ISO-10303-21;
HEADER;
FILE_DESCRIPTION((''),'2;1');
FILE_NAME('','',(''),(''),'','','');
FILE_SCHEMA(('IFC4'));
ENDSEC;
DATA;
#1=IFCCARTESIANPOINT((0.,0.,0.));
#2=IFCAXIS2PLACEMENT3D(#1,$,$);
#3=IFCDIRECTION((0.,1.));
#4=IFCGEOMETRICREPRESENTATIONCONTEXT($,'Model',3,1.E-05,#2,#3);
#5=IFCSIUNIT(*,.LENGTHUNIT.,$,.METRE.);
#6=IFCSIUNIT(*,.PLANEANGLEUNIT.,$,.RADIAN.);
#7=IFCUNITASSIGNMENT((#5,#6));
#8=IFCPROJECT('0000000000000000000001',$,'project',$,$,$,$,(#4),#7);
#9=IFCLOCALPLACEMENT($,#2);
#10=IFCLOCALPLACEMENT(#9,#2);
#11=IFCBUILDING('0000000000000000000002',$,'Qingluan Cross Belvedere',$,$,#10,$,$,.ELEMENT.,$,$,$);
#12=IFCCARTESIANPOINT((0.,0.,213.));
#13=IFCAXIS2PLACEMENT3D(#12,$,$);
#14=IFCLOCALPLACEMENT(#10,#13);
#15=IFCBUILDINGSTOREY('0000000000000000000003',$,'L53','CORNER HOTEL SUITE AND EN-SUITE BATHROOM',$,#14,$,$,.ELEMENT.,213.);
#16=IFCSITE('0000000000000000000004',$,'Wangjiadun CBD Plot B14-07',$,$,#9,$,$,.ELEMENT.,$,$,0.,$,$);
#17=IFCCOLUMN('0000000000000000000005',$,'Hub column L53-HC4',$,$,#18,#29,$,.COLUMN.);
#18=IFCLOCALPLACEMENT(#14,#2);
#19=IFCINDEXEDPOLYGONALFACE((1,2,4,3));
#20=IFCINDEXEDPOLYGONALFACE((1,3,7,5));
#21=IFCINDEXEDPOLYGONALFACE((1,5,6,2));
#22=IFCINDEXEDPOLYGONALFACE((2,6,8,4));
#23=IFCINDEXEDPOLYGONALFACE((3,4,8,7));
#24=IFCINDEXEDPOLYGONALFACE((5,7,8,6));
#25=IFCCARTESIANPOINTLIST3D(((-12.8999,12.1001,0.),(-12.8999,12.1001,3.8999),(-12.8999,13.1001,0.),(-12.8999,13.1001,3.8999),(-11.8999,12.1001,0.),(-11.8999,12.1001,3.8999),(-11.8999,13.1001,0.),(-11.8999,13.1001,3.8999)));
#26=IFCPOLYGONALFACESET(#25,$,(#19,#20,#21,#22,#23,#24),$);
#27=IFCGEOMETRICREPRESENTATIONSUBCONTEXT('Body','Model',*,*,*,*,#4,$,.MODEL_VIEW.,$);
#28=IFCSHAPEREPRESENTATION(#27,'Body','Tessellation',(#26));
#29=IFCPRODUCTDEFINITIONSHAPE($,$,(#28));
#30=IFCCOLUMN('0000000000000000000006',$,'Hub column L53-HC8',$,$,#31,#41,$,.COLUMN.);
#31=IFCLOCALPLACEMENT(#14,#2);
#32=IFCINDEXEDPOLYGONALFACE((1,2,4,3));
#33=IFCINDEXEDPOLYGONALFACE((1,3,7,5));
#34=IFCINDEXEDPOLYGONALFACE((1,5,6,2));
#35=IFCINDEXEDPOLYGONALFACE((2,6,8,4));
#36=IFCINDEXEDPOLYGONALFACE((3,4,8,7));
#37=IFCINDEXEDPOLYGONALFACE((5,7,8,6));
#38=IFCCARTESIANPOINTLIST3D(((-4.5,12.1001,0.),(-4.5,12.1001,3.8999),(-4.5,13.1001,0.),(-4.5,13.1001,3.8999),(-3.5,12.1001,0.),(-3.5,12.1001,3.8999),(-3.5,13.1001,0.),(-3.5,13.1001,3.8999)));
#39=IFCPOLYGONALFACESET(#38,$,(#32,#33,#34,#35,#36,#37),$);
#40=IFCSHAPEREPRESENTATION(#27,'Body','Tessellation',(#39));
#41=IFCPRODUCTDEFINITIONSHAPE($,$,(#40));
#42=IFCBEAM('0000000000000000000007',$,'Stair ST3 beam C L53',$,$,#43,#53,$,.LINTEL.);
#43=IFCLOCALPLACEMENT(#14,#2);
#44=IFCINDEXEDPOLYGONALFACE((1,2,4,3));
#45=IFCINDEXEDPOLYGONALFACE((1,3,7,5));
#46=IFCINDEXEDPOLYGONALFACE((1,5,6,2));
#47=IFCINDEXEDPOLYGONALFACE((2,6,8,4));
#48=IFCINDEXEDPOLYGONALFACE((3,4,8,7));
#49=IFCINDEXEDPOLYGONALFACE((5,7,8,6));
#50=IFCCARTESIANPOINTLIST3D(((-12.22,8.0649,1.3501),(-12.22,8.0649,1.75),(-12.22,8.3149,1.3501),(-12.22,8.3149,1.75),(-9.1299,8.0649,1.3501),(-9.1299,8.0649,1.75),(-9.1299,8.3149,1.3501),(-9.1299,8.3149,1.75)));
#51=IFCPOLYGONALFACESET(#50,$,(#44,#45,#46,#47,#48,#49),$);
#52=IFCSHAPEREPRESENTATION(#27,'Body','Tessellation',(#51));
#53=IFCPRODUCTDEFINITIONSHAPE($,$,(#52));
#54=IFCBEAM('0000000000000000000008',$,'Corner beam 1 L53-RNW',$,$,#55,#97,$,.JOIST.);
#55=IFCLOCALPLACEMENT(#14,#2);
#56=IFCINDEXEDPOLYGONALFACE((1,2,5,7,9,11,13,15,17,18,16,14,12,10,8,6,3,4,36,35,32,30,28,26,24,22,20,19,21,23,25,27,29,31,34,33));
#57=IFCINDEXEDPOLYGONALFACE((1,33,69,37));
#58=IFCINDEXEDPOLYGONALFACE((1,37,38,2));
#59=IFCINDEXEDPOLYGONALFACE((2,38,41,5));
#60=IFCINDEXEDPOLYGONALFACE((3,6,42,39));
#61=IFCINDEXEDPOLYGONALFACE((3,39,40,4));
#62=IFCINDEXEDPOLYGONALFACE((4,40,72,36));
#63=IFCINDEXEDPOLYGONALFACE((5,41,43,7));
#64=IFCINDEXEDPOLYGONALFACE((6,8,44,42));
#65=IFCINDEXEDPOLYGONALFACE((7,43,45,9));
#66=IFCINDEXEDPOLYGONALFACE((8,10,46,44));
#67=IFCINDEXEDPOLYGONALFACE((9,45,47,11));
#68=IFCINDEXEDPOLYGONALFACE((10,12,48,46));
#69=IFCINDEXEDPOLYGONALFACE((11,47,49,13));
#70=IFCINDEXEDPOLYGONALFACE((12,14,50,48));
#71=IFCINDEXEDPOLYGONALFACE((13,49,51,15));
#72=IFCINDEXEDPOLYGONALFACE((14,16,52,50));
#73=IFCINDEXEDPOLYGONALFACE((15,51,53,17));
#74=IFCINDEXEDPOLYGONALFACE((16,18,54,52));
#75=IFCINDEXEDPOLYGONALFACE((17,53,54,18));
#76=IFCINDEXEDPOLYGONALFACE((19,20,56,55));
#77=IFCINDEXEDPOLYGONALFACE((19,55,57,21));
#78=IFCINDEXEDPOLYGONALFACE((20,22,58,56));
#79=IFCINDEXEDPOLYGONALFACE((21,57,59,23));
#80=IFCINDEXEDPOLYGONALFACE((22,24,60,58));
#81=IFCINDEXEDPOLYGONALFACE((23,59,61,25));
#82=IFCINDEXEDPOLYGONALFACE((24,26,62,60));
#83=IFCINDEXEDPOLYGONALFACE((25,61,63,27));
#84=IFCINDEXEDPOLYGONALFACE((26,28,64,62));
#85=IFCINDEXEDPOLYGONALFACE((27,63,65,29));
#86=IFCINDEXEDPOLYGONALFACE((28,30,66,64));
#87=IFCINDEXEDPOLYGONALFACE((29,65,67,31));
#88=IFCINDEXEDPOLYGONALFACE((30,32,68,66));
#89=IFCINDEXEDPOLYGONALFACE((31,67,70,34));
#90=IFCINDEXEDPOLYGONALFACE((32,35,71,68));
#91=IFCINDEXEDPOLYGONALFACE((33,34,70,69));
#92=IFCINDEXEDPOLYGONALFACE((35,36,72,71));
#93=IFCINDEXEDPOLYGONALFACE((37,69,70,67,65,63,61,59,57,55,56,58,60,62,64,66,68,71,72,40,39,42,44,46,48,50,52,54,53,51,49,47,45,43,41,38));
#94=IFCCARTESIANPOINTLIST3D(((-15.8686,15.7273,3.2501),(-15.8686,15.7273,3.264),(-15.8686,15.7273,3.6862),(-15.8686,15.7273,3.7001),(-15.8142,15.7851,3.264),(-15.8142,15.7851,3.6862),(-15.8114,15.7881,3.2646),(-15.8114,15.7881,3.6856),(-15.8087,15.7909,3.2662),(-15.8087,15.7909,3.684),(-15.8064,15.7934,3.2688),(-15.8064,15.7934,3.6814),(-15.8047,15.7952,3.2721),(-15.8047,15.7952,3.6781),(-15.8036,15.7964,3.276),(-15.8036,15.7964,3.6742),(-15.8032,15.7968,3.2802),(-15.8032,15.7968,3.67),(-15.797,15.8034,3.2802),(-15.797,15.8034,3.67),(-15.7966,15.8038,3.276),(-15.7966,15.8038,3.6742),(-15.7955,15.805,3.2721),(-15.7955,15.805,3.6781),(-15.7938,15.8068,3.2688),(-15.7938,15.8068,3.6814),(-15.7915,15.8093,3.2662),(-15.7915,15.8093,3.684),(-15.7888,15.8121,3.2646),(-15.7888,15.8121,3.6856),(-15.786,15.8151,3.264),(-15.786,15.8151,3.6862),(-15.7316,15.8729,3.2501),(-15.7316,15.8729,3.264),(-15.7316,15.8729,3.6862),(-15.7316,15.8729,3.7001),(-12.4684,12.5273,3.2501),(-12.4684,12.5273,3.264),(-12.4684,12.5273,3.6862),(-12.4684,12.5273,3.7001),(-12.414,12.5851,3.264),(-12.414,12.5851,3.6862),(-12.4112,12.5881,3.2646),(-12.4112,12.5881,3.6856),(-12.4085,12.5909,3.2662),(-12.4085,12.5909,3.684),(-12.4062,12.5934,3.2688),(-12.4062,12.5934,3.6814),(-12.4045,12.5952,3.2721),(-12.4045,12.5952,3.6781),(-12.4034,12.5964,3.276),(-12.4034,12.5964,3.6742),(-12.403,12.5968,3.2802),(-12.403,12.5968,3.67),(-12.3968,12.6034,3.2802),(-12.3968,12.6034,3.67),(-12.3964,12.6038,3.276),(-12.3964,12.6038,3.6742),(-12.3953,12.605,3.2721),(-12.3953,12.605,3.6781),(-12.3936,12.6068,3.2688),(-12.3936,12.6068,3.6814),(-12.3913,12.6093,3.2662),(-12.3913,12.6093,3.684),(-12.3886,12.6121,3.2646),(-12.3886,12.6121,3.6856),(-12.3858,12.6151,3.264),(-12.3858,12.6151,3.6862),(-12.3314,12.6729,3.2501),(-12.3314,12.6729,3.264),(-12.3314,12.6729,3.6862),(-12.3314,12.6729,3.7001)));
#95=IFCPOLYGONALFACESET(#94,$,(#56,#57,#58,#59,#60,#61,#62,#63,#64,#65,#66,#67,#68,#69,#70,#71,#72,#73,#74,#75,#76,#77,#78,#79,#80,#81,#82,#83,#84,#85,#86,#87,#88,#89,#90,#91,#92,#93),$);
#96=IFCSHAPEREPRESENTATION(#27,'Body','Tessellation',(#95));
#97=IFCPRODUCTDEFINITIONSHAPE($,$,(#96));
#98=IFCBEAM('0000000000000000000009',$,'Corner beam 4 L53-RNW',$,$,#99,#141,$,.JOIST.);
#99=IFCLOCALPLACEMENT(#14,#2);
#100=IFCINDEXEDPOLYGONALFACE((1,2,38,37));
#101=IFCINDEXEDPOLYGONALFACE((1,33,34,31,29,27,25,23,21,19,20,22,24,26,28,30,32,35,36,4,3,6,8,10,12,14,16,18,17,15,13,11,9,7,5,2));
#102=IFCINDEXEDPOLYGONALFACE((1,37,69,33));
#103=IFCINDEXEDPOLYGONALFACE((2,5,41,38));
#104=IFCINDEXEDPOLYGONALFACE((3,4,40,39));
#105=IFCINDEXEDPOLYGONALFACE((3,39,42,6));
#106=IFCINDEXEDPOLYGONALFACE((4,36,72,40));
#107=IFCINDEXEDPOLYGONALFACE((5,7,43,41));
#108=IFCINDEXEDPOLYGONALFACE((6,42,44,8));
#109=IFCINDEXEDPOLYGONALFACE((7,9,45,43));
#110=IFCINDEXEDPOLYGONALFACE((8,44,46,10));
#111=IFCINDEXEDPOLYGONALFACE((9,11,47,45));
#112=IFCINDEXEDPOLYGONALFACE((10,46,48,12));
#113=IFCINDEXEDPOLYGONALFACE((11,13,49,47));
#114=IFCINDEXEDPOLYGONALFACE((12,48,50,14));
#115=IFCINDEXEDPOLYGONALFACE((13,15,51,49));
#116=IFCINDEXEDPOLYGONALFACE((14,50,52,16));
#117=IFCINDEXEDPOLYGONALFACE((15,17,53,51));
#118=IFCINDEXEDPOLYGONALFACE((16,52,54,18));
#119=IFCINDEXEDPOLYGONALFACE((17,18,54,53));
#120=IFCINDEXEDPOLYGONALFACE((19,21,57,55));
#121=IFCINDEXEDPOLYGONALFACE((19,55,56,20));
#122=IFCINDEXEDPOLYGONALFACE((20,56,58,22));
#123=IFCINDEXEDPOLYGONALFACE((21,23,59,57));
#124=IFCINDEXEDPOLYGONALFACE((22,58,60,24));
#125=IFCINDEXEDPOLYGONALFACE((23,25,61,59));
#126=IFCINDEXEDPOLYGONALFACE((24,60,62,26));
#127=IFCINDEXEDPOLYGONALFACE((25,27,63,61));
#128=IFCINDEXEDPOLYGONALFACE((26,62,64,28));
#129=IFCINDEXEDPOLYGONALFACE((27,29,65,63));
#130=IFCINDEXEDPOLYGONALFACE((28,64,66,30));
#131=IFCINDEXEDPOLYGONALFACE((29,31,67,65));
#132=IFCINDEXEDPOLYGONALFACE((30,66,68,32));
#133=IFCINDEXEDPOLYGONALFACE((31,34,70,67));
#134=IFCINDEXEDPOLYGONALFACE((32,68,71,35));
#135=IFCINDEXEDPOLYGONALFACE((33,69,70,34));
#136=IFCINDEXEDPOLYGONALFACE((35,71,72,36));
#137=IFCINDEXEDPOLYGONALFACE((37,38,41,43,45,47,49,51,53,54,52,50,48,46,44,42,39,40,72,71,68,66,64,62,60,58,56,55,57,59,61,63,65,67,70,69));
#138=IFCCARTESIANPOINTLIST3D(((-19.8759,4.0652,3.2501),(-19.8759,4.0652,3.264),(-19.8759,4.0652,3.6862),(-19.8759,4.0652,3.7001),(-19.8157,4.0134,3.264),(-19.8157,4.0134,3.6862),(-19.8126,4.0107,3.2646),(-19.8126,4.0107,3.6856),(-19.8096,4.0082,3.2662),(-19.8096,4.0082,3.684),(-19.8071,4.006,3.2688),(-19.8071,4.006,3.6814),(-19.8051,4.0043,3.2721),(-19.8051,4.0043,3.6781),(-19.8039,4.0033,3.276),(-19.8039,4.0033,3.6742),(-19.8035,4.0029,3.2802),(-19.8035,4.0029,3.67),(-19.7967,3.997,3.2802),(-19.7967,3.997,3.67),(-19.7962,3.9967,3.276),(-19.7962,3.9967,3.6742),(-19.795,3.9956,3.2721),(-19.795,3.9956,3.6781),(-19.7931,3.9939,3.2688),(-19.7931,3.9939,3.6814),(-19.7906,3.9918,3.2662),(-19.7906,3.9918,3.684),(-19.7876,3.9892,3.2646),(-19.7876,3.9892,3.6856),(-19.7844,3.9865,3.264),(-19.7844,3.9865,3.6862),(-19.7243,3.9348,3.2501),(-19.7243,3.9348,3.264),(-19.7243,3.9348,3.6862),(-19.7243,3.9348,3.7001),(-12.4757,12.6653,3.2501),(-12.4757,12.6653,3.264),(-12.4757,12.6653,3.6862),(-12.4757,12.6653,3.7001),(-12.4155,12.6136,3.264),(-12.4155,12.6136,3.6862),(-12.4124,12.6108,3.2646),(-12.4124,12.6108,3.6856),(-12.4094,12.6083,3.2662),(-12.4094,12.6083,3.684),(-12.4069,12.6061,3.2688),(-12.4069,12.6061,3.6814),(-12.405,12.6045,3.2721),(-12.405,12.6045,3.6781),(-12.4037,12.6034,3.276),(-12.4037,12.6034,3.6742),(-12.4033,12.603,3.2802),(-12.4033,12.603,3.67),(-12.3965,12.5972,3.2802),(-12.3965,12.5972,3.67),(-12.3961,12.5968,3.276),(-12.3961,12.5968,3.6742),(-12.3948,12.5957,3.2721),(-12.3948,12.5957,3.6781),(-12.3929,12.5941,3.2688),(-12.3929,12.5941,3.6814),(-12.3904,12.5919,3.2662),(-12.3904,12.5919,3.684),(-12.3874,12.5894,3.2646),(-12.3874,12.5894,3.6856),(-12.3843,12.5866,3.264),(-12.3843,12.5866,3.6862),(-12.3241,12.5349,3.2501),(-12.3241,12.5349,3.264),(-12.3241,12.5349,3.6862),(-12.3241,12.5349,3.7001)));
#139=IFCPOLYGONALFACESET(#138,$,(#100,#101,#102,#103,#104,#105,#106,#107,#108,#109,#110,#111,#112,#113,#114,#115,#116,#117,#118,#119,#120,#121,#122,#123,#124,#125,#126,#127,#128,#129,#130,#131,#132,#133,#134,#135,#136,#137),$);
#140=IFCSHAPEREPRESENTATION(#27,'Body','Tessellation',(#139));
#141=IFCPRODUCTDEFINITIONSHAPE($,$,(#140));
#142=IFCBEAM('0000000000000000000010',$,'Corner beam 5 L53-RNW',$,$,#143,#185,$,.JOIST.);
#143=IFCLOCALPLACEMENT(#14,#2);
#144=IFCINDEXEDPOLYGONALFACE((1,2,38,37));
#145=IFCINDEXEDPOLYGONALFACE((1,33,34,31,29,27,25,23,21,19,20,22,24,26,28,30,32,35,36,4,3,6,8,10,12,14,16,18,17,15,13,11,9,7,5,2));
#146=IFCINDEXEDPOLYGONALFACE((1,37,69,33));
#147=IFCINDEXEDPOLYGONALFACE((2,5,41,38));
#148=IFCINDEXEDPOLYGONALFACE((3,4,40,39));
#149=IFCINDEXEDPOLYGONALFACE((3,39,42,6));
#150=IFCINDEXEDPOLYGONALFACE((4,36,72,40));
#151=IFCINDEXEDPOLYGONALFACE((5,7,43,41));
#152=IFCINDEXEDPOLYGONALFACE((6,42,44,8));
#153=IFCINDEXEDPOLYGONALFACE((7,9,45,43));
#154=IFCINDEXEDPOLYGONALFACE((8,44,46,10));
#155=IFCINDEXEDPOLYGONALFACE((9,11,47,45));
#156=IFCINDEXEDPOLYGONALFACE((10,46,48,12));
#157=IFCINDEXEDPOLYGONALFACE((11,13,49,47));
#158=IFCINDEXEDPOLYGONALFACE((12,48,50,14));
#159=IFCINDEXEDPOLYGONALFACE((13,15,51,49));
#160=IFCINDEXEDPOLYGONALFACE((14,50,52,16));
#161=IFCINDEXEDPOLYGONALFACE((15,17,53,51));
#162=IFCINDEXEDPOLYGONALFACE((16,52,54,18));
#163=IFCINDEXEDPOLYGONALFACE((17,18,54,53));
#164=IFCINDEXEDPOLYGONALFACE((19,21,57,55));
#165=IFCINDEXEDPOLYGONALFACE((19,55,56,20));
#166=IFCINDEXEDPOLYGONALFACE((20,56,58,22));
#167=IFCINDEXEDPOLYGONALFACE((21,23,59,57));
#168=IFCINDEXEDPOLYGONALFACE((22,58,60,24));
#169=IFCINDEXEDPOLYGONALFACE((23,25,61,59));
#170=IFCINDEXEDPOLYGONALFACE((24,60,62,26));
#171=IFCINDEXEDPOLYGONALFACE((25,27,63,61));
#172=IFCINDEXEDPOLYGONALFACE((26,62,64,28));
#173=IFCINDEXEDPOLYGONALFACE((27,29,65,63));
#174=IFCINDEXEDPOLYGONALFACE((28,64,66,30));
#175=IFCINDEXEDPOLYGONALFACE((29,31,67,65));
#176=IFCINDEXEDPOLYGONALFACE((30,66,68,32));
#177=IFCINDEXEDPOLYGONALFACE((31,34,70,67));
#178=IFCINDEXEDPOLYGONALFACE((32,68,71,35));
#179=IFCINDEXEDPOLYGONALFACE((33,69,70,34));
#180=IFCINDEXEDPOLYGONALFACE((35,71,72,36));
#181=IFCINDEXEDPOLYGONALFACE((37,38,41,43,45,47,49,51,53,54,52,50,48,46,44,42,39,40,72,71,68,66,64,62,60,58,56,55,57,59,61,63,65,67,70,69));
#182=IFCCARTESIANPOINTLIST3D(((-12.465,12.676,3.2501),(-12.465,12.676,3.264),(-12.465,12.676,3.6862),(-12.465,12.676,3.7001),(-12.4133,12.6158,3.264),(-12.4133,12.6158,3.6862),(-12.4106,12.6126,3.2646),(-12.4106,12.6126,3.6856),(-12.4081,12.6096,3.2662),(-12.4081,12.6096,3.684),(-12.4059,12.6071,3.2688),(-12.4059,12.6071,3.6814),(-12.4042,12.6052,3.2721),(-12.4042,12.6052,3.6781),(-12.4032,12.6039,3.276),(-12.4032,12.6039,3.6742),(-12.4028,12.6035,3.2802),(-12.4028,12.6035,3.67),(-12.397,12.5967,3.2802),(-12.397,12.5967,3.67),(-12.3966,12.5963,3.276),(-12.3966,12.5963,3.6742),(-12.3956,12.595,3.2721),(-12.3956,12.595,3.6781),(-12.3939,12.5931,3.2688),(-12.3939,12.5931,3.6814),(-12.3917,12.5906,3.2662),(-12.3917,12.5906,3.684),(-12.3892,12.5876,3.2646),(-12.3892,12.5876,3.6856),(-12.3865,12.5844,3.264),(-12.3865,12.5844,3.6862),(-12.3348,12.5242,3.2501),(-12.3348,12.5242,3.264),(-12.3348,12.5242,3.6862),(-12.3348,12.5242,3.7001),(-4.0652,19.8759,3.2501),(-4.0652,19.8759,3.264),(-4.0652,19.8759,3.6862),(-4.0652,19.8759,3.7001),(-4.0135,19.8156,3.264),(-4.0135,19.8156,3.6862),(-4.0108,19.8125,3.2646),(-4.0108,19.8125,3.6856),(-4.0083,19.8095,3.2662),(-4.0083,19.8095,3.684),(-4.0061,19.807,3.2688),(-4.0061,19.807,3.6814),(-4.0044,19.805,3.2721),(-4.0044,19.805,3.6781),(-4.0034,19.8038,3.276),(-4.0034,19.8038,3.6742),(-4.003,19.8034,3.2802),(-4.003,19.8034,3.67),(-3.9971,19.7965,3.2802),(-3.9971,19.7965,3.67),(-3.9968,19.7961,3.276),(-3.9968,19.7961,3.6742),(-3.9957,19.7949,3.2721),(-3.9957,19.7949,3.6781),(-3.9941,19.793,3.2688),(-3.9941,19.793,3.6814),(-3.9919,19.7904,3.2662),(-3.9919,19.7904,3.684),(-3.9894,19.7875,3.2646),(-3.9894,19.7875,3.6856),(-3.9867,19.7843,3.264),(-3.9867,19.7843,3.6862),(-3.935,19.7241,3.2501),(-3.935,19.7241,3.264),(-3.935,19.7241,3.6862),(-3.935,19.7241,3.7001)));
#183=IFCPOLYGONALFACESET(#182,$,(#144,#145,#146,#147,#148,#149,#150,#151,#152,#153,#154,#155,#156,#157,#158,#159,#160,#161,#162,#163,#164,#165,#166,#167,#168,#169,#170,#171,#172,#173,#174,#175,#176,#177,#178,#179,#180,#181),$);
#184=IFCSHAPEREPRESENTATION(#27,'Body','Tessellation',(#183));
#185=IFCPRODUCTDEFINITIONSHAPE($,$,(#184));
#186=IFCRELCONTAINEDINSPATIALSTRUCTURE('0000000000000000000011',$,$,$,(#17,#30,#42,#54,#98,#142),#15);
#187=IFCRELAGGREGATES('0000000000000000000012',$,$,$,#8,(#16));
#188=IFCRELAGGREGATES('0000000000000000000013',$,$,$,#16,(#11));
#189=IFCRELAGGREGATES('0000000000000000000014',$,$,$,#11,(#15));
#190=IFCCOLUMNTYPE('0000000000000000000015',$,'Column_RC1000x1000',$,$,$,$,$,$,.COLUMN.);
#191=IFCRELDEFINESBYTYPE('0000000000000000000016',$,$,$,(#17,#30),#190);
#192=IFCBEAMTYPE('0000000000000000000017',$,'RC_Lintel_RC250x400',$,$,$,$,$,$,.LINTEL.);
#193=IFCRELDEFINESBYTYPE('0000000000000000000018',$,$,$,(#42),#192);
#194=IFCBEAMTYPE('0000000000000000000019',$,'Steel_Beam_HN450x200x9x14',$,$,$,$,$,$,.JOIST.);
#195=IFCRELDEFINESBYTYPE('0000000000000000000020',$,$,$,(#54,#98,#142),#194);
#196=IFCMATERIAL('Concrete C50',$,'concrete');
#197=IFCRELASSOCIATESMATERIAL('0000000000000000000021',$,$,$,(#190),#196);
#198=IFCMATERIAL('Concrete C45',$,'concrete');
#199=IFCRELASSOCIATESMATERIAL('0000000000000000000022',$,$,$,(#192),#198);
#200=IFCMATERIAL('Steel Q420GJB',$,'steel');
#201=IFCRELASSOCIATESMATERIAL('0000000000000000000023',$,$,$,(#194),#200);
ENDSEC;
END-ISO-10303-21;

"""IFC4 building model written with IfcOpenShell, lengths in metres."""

from ifc_helpers import new_model, si_unit, direction, frame, origin, origin_2d, place, context, subcontext, project, spatial, rectangle, i_section, extrude, material, material_profile, profile_set, type_object, element, save


model = new_model("IFC4")

# Units and contexts
model_context = context("Model", 3, precision=1e-05, world=origin(), true_north=direction((0.0, 1.0)))
body_context = subcontext(model_context, "Body", "Model", "MODEL_VIEW")
ifc_project = project(units=[si_unit("LENGTHUNIT", "METRE"), si_unit("PLANEANGLEUNIT", "RADIAN")], contexts=[model_context])

# Site, building, storey
site_placement = place(None, origin())
site = spatial("IfcSite", under=ifc_project, at=site_placement, Name="Wangjiadun CBD Plot B14-07", CompositionType="ELEMENT", RefElevation=0.0)
building_placement = place(site_placement, origin())
building = spatial("IfcBuilding", under=site, at=building_placement, Name="Qingluan Cross Belvedere", CompositionType="ELEMENT")
storey_placement = place(building_placement, frame((0.0, 0.0, 213.0)))
storey = spatial("IfcBuildingStorey", under=building, at=storey_placement, Name="L53", Description="CORNER HOTEL SUITE AND EN-SUITE BATHROOM", CompositionType="ELEMENT", Elevation=213.0)

# Columns
ifc_material_1 = material(Name="Concrete C50", Category="concrete")
ifc_material_profile_1 = material_profile(ifc_material_1, rectangle(XDim=1.0, YDim=1.0, at=origin_2d()), Name="RC1000x1000")
ifc_profile_set_1 = profile_set([ifc_material_profile_1], Name="Concrete C50")
column_type = type_object("IfcColumnType", Name="Column_RC1000x1000", PredefinedType="COLUMN", material=ifc_profile_set_1)
for number, where, z_axis, x_axis, name in (
    (1, (-12.3999, 12.6001, 0.0), (0.0, 0.0, 1.0), (1.0, 0.0, 0.0), "Hub column L53-HC4"),
    (2, (-4.0, 12.6001, 0.0), (0.0, 0.0, 1.0), (1.0, 0.0, 0.0), "Hub column L53-HC8"),
):
    element("IfcColumn", number, at=place(storey_placement, frame(where, z_axis=z_axis, x_axis=x_axis)), inside=storey, type_object=column_type, Name=name, PredefinedType="COLUMN", context=body_context, shape_type="SweptSolid", body=[
        extrude(rectangle(XDim=1.0, YDim=1.0, at=origin_2d()), origin(), (0.0, 0.0, 1.0), 3.8999),
    ])

# Beams
ifc_material_2 = material(Name="Concrete C45", Category="concrete")
ifc_material_profile_2 = material_profile(ifc_material_2, rectangle(XDim=0.25, YDim=0.3999, at=origin_2d()), Name="RC250x400")
ifc_profile_set_2 = profile_set([ifc_material_profile_2], Name="Concrete C45")
beam_type_1 = type_object("IfcBeamType", Name="RC_Lintel_RC250x400", PredefinedType="LINTEL", material=ifc_profile_set_2)
beam_1_placement = place(storey_placement, frame((-12.22, 8.1899, 1.55), z_axis=(1.0, 0.0, 0.0), x_axis=(0.0, 1.0, 0.0)))
element("IfcBeam", 3, at=beam_1_placement, inside=storey, type_object=beam_type_1, Name="Stair ST3 beam C L53", PredefinedType="LINTEL", context=body_context, shape_type="SweptSolid", body=[
    extrude(rectangle(XDim=0.25, YDim=0.3999, at=origin_2d()), origin(), (0.0, 0.0, 1.0), 3.0901),
])
ifc_material_3 = material(Name="Steel Q420GJB", Category="steel")
ifc_material_profile_3 = material_profile(ifc_material_3, i_section(OverallWidth=0.2, OverallDepth=0.45, WebThickness=0.009, FlangeThickness=0.0139, FilletRadius=0.0161, at=origin_2d()), Name="HN450x200x9x14")
ifc_profile_set_3 = profile_set([ifc_material_profile_3], Name="Steel Q420GJB")
beam_type_2 = type_object("IfcBeamType", Name="Steel_Beam_HN450x200x9x14", PredefinedType="JOIST", material=ifc_profile_set_3)
beam_2_placement = place(storey_placement, frame((-12.3999, 12.6001, 3.4751), z_axis=(-0.72822, 0.685343, 0.0), x_axis=(-0.685343, -0.72822, 0.0)))
element("IfcBeam", 4, at=beam_2_placement, inside=storey, type_object=beam_type_2, Name="Corner beam 1 L53-RNW", PredefinedType="JOIST", context=body_context, shape_type="SweptSolid", body=[
    extrude(i_section(OverallWidth=0.2, OverallDepth=0.45, WebThickness=0.009, FlangeThickness=0.0139, FilletRadius=0.0161, at=origin_2d()), origin(), (0.0, 0.0, 1.0), 4.6692),
])
beam_3_placement = place(storey_placement, frame((-12.3999, 12.6001, 3.4751), z_axis=(-0.652245, -0.758008, 0.0), x_axis=(0.758008, -0.652245, 0.0)))
element("IfcBeam", 5, at=beam_3_placement, inside=storey, type_object=beam_type_2, Name="Corner beam 4 L53-RNW", PredefinedType="JOIST", context=body_context, shape_type="SweptSolid", body=[
    extrude(i_section(OverallWidth=0.2, OverallDepth=0.45, WebThickness=0.009, FlangeThickness=0.0139, FilletRadius=0.0161, at=origin_2d()), origin(), (0.0, 0.0, 1.0), 11.3457),
])
beam_4_placement = place(storey_placement, frame((-12.3999, 12.6001, 3.4751), z_axis=(0.759255, 0.650793, 0.0), x_axis=(-0.650793, 0.759255, 0.0)))
element("IfcBeam", 6, at=beam_4_placement, inside=storey, type_object=beam_type_2, Name="Corner beam 5 L53-RNW", PredefinedType="JOIST", context=body_context, shape_type="SweptSolid", body=[
    extrude(i_section(OverallWidth=0.2, OverallDepth=0.45, WebThickness=0.009, FlangeThickness=0.0139, FilletRadius=0.0161, at=origin_2d()), origin(), (0.0, 0.0, 1.0), 11.0632),
])

save(model, "model.ifc")
